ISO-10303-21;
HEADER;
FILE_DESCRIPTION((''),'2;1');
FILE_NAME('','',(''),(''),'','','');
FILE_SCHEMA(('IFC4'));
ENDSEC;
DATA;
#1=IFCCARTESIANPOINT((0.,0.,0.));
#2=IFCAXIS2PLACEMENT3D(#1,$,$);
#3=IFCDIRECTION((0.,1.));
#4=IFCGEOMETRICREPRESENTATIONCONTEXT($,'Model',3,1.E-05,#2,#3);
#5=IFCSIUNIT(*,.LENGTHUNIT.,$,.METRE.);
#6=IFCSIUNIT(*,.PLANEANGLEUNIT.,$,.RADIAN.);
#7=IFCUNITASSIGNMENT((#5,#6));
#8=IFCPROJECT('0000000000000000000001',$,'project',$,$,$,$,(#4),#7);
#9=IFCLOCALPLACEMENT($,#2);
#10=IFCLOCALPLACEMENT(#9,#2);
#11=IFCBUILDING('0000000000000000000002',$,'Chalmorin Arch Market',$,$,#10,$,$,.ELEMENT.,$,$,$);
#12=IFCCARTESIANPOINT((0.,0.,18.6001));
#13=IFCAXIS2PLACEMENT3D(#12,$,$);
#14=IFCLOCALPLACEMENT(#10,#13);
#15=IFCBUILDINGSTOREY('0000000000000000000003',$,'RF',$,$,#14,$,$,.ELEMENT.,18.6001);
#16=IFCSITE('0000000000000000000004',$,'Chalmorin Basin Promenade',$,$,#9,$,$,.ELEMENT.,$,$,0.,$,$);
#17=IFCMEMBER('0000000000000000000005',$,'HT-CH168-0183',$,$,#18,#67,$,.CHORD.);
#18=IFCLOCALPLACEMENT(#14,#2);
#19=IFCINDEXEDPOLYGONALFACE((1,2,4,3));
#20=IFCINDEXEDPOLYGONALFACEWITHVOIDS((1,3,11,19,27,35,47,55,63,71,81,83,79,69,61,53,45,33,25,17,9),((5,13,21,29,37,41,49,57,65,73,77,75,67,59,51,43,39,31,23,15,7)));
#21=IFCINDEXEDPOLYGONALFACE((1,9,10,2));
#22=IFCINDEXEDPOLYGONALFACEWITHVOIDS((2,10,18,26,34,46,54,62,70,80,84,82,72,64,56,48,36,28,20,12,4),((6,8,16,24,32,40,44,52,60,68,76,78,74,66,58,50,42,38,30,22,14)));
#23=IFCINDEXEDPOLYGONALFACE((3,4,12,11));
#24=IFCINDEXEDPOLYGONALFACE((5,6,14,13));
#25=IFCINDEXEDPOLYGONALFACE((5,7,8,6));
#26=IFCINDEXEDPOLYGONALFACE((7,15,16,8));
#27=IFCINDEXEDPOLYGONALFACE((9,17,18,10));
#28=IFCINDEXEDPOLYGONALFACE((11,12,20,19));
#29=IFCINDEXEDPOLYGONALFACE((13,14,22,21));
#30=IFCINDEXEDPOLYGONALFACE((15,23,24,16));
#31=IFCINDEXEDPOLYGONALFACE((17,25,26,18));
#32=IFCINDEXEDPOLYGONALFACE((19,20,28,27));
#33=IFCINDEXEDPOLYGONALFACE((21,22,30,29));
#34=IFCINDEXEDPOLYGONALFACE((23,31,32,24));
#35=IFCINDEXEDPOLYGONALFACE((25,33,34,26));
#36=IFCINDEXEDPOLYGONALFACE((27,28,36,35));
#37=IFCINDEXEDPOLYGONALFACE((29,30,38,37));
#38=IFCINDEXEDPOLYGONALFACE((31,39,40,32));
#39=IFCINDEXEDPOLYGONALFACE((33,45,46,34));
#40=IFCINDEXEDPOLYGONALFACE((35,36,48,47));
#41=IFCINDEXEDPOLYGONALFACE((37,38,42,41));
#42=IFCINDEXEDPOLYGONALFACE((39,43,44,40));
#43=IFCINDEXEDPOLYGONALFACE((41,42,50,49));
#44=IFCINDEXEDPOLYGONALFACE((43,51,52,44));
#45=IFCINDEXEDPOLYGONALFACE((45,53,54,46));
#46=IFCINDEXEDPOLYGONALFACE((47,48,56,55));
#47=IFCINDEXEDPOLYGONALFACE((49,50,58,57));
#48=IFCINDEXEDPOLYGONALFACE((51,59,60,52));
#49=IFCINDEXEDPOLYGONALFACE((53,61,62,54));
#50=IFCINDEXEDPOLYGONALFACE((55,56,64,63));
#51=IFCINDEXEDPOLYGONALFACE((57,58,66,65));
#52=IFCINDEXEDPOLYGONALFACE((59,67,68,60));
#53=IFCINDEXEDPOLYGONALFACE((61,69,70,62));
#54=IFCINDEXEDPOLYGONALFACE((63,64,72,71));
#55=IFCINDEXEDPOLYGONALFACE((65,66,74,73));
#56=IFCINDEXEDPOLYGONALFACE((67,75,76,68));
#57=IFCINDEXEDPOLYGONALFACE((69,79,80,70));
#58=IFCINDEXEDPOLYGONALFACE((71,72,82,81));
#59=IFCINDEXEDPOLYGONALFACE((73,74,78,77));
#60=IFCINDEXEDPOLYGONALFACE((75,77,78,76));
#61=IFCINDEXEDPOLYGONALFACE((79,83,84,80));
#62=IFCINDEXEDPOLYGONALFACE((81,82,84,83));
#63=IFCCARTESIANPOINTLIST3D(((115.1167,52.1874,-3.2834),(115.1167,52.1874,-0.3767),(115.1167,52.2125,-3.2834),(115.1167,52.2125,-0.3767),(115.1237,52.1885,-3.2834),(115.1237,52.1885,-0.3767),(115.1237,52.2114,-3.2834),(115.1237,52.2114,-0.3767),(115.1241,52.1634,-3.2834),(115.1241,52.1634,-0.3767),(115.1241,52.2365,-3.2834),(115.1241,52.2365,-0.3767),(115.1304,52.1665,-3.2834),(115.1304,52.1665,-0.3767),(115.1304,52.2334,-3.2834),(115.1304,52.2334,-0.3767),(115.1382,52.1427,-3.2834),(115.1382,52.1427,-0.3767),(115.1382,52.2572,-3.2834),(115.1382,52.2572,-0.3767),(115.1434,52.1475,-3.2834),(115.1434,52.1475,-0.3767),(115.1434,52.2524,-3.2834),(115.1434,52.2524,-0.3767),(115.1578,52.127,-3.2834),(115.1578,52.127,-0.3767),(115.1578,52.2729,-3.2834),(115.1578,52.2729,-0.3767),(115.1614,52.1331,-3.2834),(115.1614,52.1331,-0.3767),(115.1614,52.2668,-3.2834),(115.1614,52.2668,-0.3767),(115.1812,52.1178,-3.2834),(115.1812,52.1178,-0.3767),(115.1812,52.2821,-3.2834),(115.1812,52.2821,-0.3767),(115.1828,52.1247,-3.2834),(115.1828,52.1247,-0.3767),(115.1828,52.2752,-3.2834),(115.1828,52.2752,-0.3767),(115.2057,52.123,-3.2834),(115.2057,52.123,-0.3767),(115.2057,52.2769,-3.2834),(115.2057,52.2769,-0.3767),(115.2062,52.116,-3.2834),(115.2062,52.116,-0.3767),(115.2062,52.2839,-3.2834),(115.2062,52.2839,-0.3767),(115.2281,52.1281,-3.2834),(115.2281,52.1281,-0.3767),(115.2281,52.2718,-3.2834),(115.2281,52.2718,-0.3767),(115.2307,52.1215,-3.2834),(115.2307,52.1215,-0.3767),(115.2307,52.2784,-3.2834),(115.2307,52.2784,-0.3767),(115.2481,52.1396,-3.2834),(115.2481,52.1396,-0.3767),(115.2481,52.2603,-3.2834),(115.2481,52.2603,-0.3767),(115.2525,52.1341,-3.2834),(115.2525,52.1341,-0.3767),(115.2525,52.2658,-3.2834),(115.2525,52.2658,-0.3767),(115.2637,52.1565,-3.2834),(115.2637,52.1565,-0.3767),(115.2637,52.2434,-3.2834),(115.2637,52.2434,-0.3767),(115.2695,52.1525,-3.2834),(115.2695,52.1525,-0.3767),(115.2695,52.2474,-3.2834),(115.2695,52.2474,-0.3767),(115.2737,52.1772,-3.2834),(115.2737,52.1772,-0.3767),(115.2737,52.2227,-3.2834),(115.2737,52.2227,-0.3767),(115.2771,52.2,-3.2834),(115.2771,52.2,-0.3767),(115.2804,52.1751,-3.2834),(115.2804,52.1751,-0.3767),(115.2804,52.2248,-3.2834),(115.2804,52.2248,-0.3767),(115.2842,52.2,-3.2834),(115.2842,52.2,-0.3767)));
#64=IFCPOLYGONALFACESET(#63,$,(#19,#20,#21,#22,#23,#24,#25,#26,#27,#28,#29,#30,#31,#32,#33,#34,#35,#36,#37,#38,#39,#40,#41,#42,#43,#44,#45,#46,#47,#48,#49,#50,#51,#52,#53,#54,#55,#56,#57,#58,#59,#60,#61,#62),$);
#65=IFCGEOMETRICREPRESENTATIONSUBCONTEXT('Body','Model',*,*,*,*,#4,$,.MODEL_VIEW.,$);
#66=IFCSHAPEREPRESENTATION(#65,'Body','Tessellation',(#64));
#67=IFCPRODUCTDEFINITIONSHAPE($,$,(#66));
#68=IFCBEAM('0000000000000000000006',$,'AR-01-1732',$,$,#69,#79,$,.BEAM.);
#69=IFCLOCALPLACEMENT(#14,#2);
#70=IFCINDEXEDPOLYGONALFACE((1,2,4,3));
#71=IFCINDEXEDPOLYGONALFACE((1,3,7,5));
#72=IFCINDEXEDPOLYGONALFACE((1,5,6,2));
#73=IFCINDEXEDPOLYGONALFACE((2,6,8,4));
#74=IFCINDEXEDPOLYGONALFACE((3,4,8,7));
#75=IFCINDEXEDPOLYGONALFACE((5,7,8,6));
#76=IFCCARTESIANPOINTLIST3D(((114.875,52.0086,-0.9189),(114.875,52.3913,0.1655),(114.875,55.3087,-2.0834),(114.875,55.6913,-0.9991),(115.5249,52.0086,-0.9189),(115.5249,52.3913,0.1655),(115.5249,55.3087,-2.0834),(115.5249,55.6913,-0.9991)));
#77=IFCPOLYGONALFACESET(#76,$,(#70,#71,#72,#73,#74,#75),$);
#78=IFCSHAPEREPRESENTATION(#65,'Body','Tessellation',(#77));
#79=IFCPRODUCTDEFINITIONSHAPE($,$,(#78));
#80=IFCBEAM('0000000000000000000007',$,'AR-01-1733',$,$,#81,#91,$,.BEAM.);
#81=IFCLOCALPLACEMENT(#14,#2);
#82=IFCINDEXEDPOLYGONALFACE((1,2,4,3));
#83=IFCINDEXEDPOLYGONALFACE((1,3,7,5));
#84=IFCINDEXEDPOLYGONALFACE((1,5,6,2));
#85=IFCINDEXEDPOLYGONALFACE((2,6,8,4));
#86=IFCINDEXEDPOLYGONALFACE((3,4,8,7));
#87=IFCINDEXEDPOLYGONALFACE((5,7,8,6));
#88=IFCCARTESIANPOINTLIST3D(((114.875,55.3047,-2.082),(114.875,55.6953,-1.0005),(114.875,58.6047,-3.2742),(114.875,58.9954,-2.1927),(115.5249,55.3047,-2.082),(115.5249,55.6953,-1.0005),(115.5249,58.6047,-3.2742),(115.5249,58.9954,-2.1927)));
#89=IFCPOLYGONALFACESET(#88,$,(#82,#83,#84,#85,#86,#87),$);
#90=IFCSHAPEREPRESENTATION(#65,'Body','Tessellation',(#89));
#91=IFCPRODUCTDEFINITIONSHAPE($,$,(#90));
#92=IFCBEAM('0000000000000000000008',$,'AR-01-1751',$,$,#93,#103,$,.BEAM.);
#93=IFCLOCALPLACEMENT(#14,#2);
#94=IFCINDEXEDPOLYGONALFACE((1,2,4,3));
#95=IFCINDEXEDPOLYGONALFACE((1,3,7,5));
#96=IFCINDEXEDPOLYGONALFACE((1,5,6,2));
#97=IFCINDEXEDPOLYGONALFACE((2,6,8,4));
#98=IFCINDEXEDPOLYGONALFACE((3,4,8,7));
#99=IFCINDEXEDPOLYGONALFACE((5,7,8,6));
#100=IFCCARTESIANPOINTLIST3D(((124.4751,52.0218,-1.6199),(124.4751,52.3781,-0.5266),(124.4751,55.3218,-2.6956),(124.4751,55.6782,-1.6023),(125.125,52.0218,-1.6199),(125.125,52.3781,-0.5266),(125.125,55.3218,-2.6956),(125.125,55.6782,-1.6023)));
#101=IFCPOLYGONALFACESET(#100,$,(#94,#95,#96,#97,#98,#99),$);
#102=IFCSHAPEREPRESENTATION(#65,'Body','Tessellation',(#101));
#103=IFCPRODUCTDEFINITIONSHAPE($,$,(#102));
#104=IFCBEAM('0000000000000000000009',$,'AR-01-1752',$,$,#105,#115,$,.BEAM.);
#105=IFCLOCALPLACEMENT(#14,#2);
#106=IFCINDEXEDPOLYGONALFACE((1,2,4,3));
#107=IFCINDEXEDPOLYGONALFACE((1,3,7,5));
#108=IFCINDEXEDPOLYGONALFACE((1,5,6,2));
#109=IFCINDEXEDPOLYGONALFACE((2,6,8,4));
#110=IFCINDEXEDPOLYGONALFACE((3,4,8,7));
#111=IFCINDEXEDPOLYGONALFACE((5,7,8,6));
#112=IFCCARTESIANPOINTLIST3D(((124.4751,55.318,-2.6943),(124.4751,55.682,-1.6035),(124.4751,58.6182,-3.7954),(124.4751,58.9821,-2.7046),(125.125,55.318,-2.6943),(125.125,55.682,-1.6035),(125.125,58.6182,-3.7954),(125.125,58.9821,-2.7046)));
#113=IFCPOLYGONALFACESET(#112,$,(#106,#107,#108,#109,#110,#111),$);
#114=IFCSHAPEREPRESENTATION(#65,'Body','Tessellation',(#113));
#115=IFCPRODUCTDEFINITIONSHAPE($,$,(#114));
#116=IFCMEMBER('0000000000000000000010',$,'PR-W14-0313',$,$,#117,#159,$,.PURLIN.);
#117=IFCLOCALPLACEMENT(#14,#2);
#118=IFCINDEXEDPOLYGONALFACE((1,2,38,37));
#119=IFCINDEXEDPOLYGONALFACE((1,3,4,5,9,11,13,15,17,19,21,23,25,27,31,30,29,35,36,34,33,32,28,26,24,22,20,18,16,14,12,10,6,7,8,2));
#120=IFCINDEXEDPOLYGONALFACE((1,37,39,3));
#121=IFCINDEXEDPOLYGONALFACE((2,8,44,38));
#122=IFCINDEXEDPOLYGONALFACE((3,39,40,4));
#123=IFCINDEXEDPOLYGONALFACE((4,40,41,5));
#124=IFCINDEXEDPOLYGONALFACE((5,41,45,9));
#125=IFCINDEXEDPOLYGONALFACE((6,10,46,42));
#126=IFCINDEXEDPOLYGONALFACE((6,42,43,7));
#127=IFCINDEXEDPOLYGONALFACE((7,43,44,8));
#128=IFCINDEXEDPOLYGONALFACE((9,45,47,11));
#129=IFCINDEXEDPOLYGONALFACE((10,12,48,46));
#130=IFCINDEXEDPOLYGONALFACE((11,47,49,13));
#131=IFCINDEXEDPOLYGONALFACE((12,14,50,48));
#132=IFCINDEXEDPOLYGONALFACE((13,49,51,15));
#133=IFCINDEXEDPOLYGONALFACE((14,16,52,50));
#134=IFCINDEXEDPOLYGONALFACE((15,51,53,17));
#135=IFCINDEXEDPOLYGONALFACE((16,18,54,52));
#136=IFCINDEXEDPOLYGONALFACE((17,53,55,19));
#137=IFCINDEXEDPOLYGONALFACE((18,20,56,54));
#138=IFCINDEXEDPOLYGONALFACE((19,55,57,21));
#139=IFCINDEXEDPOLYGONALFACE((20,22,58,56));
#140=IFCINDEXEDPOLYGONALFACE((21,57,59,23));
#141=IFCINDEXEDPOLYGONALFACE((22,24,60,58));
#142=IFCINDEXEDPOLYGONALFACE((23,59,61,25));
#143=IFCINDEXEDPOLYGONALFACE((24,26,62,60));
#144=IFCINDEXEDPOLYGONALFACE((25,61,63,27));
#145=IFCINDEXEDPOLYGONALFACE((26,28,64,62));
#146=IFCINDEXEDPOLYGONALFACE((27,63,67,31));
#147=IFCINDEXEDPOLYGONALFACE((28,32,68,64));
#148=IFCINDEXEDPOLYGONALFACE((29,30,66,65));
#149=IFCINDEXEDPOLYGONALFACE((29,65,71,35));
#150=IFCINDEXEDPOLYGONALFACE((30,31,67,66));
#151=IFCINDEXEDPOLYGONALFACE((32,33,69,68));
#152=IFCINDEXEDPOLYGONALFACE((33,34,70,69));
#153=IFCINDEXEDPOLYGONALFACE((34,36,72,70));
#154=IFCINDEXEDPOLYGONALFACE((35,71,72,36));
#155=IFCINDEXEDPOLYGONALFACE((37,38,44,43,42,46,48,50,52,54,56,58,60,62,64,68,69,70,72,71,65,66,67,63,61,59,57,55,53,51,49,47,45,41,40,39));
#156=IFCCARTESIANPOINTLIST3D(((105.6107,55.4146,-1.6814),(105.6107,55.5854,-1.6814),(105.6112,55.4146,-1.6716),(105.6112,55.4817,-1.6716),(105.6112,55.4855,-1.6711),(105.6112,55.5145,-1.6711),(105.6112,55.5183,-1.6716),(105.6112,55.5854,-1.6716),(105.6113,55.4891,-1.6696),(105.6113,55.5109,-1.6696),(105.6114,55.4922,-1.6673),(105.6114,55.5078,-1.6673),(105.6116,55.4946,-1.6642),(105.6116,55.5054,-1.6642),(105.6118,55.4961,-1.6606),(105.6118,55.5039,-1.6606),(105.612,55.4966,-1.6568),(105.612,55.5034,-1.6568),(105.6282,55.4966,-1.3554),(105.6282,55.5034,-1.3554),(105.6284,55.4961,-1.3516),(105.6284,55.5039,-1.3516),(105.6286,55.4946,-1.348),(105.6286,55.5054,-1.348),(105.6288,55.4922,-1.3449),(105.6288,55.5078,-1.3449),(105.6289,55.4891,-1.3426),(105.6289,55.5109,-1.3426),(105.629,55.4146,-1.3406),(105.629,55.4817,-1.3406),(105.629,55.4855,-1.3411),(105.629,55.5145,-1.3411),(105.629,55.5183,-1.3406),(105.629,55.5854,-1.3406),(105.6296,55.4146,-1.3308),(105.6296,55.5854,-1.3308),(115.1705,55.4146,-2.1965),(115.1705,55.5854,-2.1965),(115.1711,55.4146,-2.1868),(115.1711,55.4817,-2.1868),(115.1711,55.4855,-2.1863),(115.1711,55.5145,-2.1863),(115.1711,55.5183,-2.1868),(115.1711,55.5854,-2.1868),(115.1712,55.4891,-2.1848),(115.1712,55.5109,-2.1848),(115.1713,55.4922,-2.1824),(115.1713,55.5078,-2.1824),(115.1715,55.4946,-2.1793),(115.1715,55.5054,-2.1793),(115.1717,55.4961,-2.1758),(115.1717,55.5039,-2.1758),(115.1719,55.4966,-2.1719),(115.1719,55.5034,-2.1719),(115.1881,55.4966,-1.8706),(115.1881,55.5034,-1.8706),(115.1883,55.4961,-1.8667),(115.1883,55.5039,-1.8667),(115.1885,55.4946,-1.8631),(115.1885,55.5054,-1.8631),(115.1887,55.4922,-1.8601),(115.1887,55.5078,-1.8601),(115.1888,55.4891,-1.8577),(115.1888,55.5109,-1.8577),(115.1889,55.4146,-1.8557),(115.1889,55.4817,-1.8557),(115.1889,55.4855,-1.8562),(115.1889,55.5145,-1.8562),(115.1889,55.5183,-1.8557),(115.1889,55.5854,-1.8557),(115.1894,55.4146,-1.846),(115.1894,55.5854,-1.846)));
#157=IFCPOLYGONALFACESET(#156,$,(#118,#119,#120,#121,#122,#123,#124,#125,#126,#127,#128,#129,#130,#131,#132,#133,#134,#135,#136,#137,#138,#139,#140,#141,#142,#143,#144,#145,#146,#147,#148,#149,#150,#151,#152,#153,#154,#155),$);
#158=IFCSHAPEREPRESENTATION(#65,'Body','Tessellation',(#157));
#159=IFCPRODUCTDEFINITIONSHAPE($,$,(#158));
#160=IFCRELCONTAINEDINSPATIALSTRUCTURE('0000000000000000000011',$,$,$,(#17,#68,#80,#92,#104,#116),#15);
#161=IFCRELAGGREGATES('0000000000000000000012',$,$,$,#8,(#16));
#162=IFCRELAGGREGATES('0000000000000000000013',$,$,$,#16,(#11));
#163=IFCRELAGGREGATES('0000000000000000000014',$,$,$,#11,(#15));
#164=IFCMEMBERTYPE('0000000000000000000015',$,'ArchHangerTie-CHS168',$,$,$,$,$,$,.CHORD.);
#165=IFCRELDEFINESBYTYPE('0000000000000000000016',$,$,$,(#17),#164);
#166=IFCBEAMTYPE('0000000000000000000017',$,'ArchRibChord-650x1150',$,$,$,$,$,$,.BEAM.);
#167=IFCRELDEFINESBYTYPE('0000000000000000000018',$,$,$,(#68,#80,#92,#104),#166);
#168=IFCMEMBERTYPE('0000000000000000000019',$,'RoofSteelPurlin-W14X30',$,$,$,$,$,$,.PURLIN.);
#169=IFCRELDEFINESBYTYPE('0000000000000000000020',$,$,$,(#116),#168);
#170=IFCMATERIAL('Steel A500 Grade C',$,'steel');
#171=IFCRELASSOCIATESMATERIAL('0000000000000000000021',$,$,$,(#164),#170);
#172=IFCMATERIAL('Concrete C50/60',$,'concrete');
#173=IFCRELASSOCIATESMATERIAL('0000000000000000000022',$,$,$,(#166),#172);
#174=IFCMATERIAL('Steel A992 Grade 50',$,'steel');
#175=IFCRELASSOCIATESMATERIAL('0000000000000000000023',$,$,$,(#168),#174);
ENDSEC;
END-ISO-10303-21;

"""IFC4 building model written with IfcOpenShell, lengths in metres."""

from ifc_helpers import new_model, si_unit, direction, frame, origin, origin_2d, place, context, subcontext, project, spatial, rectangle, hollow_circle, i_section, extrude, material, material_profile, profile_set, type_object, element, save


model = new_model("IFC4")

# Units and contexts
model_context = context("Model", 3, precision=1e-05, world=origin(), true_north=direction((0.0, 1.0)))
body_context = subcontext(model_context, "Body", "Model", "MODEL_VIEW")
ifc_project = project(units=[si_unit("LENGTHUNIT", "METRE"), si_unit("PLANEANGLEUNIT", "RADIAN")], contexts=[model_context])

# Site, building, storey
site_placement = place(None, origin())
site = spatial("IfcSite", under=ifc_project, at=site_placement, Name="Chalmorin Basin Promenade", CompositionType="ELEMENT", RefElevation=0.0)
building_placement = place(site_placement, origin())
building = spatial("IfcBuilding", under=site, at=building_placement, Name="Chalmorin Arch Market", CompositionType="ELEMENT")
storey_placement = place(building_placement, frame((0.0, 0.0, 18.6001)))
storey = spatial("IfcBuildingStorey", under=building, at=storey_placement, Name="RF", CompositionType="ELEMENT", Elevation=18.6001)

# Member
ifc_material_1 = material(Name="Steel A500 Grade C", Category="steel")
ifc_material_profile_1 = material_profile(ifc_material_1, hollow_circle(Radius=0.0842, WallThickness=0.0071, at=origin_2d()), Name="CHS168X7")
ifc_profile_set_1 = profile_set([ifc_material_profile_1], Name="Steel A500 Grade C")
member_type_1 = type_object("IfcMemberType", Name="ArchHangerTie-CHS168", PredefinedType="CHORD", material=ifc_profile_set_1)
member_1_placement = place(storey_placement, frame((115.2, 52.2, -3.2834), z_axis=(0.0, 0.0, 1.0), x_axis=(1.0, 0.0, 0.0)))
element("IfcMember", 1, at=member_1_placement, inside=storey, type_object=member_type_1, Name="HT-CH168-0183", PredefinedType="CHORD", context=body_context, shape_type="SweptSolid", body=[
    extrude(hollow_circle(Radius=0.0842, WallThickness=0.0071, at=origin_2d()), origin(), (0.0, 0.0, 1.0), 2.9067),
])

# Beams
ifc_material_2 = material(Name="Concrete C50/60", Category="concrete")
ifc_material_profile_2 = material_profile(ifc_material_2, rectangle(XDim=0.6499, YDim=1.1499, at=origin_2d()), Name="RC650X1150")
ifc_profile_set_2 = profile_set([ifc_material_profile_2], Name="Concrete C50/60")
beam_type = type_object("IfcBeamType", Name="ArchRibChord-650x1150", PredefinedType="BEAM", material=ifc_profile_set_2)
beam_1_placement = place(storey_placement, frame((115.2, 52.2, -0.3767), z_axis=(0.0, 0.943006, -0.332776), x_axis=(-1.0, 0.0, 0.0)))
element("IfcBeam", 2, at=beam_1_placement, inside=storey, type_object=beam_type, Name="AR-01-1732", PredefinedType="BEAM", context=body_context, shape_type="SweptSolid", body=[
    extrude(rectangle(XDim=0.6499, YDim=1.1499, at=origin_2d()), origin(), (0.0, 0.0, 1.0), 3.4995),
])
beam_2_placement = place(storey_placement, frame((115.2, 55.5, -1.5413), z_axis=(0.0, 0.940513, -0.339759), x_axis=(-1.0, 0.0, 0.0)))
element("IfcBeam", 3, at=beam_2_placement, inside=storey, type_object=beam_type, Name="AR-01-1733", PredefinedType="BEAM", context=body_context, shape_type="SweptSolid", body=[
    extrude(rectangle(XDim=0.6499, YDim=1.1499, at=origin_2d()), origin(), (0.0, 0.0, 1.0), 3.5088),
])
beam_3_placement = place(storey_placement, frame((124.8, 52.2, -1.0732), z_axis=(0.0, 0.950765, -0.309911), x_axis=(-1.0, 0.0, 0.0)))
element("IfcBeam", 4, at=beam_3_placement, inside=storey, type_object=beam_type, Name="AR-01-1751", PredefinedType="BEAM", context=body_context, shape_type="SweptSolid", body=[
    extrude(rectangle(XDim=0.6499, YDim=1.1499, at=origin_2d()), origin(), (0.0, 0.0, 1.0), 3.4709),
])
beam_4_placement = place(storey_placement, frame((124.8, 55.5, -2.1489), z_axis=(0.0, 0.948592, -0.316501), x_axis=(-1.0, 0.0, 0.0)))
element("IfcBeam", 5, at=beam_4_placement, inside=storey, type_object=beam_type, Name="AR-01-1752", PredefinedType="BEAM", context=body_context, shape_type="SweptSolid", body=[
    extrude(rectangle(XDim=0.6499, YDim=1.1499, at=origin_2d()), origin(), (0.0, 0.0, 1.0), 3.479),
])

# Member
ifc_material_3 = material(Name="Steel A992 Grade 50", Category="steel")
ifc_material_profile_3 = material_profile(ifc_material_3, i_section(OverallWidth=0.1709, OverallDepth=0.3511, WebThickness=0.0068, FlangeThickness=0.0098, FilletRadius=0.0149, at=origin_2d()), Name="W14X30")
ifc_profile_set_3 = profile_set([ifc_material_profile_3], Name="Steel A992 Grade 50")
member_type_2 = type_object("IfcMemberType", Name="RoofSteelPurlin-W14X30", PredefinedType="PURLIN", material=ifc_profile_set_3)
member_2_placement = place(storey_placement, frame((105.6201, 55.5, -1.5061), z_axis=(0.998551, 0.0, -0.053808), x_axis=(0.0, 1.0, 0.0)))
element("IfcMember", 6, at=member_2_placement, inside=storey, type_object=member_type_2, Name="PR-W14-0313", PredefinedType="PURLIN", context=body_context, shape_type="SweptSolid", body=[
    extrude(i_section(OverallWidth=0.1709, OverallDepth=0.3511, WebThickness=0.0068, FlangeThickness=0.0098, FilletRadius=0.0149, at=origin_2d()), origin(), (0.0, 0.0, 1.0), 9.5737),
])

save(model, "model.ifc")
